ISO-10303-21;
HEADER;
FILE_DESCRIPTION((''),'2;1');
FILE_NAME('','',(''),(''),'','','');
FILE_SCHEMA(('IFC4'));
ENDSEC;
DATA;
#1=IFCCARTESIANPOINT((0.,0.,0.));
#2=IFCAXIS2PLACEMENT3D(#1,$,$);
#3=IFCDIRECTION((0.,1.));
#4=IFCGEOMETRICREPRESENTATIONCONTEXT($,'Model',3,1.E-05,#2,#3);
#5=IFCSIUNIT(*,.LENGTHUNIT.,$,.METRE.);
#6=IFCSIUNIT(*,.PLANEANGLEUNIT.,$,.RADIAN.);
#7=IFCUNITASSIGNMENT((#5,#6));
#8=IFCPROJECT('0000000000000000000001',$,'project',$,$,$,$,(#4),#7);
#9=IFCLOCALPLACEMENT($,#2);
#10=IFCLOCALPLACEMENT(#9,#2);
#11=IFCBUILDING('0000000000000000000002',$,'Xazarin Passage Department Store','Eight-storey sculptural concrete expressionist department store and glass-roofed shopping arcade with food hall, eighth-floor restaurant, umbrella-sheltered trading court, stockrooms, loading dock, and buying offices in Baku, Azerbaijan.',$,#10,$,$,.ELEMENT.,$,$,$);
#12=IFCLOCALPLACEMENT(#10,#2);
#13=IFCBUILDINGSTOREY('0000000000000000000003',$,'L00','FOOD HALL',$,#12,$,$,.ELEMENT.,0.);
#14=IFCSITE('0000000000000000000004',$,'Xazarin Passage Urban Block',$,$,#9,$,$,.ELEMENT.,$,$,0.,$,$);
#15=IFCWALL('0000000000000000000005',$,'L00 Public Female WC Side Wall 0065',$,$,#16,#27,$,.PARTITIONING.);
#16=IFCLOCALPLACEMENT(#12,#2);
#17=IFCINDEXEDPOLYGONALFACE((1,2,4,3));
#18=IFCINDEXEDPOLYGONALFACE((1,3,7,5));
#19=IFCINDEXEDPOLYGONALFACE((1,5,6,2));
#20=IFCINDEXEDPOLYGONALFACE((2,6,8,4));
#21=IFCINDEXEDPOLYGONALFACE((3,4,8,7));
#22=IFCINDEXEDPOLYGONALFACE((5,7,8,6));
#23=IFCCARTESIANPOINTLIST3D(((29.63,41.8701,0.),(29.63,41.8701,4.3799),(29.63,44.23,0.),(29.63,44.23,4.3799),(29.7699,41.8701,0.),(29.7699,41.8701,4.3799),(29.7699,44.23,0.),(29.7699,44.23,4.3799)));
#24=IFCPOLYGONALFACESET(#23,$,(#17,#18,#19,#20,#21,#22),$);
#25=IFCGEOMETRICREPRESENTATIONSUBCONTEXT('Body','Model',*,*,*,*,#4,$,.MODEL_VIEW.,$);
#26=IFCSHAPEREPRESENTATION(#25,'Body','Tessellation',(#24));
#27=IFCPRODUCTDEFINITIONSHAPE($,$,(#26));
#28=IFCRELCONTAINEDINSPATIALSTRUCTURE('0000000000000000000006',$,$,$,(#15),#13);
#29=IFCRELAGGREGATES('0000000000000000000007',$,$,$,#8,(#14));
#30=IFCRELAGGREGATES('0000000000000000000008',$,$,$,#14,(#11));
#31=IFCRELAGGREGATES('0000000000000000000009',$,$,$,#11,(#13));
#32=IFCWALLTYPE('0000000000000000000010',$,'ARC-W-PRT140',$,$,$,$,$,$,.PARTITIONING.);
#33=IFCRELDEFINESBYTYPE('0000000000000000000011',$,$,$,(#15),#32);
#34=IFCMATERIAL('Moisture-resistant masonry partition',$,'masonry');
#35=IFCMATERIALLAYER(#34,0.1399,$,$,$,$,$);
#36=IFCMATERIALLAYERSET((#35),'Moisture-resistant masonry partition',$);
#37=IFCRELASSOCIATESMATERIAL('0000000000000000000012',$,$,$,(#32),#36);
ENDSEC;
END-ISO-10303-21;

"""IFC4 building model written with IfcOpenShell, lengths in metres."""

from ifc_helpers import new_model, si_unit, direction, frame, frame_2d, origin, place, context, subcontext, project, spatial, rectangle, extrude, material, layer, layer_set, type_object, element, save


model = new_model("IFC4")

# Units and contexts
model_context = context("Model", 3, precision=1e-05, world=origin(), true_north=direction((0.0, 1.0)))
body_context = subcontext(model_context, "Body", "Model", "MODEL_VIEW")
ifc_project = project(units=[si_unit("LENGTHUNIT", "METRE"), si_unit("PLANEANGLEUNIT", "RADIAN")], contexts=[model_context])

# Site, building, storey
site_placement = place(None, origin())
site = spatial("IfcSite", under=ifc_project, at=site_placement, Name="Xazarin Passage Urban Block", CompositionType="ELEMENT", RefElevation=0.0)
building_placement = place(site_placement, origin())
building = spatial("IfcBuilding", under=site, at=building_placement, Name="Xazarin Passage Department Store", Description="Eight-storey sculptural concrete expressionist department store and glass-roofed shopping arcade with food hall, eighth-floor restaurant, umbrella-sheltered trading court, stockrooms, loading dock, and buying offices in Baku, Azerbaijan.", CompositionType="ELEMENT")
storey_placement = place(building_placement, origin())
storey = spatial("IfcBuildingStorey", under=building, at=storey_placement, Name="L00", Description="FOOD HALL", CompositionType="ELEMENT", Elevation=0.0)

# Shared definitions
ifc_material_1 = material(Name="Moisture-resistant masonry partition", Category="masonry")
ifc_layer_1 = layer(ifc_material_1, 0.1399)
ifc_layer_set_1 = layer_set([ifc_layer_1], Name="Moisture-resistant masonry partition")
wall_type_1 = type_object("IfcWallType", Name="ARC-W-PRT140", PredefinedType="PARTITIONING", material=ifc_layer_set_1)

# Wall
for number, where, z_axis, x_axis, name in (
    (1, (29.7, 41.8701, 0.0), (0.0, 0.0, 1.0), (0.0, 1.0, 0.0), "L00 Public Female WC Side Wall 0065"),
):
    element("IfcWall", number, at=place(storey_placement, frame(where, z_axis=z_axis, x_axis=x_axis)), inside=storey, type_object=wall_type_1, Name=name, PredefinedType="PARTITIONING", context=body_context, shape_type="SweptSolid", body=[
        extrude(rectangle(XDim=2.3599, YDim=0.1399, at=frame_2d((1.1799, 0.0))), origin(), (0.0, 0.0, 1.0), 4.3799),
    ])

save(model, "model.ifc")
